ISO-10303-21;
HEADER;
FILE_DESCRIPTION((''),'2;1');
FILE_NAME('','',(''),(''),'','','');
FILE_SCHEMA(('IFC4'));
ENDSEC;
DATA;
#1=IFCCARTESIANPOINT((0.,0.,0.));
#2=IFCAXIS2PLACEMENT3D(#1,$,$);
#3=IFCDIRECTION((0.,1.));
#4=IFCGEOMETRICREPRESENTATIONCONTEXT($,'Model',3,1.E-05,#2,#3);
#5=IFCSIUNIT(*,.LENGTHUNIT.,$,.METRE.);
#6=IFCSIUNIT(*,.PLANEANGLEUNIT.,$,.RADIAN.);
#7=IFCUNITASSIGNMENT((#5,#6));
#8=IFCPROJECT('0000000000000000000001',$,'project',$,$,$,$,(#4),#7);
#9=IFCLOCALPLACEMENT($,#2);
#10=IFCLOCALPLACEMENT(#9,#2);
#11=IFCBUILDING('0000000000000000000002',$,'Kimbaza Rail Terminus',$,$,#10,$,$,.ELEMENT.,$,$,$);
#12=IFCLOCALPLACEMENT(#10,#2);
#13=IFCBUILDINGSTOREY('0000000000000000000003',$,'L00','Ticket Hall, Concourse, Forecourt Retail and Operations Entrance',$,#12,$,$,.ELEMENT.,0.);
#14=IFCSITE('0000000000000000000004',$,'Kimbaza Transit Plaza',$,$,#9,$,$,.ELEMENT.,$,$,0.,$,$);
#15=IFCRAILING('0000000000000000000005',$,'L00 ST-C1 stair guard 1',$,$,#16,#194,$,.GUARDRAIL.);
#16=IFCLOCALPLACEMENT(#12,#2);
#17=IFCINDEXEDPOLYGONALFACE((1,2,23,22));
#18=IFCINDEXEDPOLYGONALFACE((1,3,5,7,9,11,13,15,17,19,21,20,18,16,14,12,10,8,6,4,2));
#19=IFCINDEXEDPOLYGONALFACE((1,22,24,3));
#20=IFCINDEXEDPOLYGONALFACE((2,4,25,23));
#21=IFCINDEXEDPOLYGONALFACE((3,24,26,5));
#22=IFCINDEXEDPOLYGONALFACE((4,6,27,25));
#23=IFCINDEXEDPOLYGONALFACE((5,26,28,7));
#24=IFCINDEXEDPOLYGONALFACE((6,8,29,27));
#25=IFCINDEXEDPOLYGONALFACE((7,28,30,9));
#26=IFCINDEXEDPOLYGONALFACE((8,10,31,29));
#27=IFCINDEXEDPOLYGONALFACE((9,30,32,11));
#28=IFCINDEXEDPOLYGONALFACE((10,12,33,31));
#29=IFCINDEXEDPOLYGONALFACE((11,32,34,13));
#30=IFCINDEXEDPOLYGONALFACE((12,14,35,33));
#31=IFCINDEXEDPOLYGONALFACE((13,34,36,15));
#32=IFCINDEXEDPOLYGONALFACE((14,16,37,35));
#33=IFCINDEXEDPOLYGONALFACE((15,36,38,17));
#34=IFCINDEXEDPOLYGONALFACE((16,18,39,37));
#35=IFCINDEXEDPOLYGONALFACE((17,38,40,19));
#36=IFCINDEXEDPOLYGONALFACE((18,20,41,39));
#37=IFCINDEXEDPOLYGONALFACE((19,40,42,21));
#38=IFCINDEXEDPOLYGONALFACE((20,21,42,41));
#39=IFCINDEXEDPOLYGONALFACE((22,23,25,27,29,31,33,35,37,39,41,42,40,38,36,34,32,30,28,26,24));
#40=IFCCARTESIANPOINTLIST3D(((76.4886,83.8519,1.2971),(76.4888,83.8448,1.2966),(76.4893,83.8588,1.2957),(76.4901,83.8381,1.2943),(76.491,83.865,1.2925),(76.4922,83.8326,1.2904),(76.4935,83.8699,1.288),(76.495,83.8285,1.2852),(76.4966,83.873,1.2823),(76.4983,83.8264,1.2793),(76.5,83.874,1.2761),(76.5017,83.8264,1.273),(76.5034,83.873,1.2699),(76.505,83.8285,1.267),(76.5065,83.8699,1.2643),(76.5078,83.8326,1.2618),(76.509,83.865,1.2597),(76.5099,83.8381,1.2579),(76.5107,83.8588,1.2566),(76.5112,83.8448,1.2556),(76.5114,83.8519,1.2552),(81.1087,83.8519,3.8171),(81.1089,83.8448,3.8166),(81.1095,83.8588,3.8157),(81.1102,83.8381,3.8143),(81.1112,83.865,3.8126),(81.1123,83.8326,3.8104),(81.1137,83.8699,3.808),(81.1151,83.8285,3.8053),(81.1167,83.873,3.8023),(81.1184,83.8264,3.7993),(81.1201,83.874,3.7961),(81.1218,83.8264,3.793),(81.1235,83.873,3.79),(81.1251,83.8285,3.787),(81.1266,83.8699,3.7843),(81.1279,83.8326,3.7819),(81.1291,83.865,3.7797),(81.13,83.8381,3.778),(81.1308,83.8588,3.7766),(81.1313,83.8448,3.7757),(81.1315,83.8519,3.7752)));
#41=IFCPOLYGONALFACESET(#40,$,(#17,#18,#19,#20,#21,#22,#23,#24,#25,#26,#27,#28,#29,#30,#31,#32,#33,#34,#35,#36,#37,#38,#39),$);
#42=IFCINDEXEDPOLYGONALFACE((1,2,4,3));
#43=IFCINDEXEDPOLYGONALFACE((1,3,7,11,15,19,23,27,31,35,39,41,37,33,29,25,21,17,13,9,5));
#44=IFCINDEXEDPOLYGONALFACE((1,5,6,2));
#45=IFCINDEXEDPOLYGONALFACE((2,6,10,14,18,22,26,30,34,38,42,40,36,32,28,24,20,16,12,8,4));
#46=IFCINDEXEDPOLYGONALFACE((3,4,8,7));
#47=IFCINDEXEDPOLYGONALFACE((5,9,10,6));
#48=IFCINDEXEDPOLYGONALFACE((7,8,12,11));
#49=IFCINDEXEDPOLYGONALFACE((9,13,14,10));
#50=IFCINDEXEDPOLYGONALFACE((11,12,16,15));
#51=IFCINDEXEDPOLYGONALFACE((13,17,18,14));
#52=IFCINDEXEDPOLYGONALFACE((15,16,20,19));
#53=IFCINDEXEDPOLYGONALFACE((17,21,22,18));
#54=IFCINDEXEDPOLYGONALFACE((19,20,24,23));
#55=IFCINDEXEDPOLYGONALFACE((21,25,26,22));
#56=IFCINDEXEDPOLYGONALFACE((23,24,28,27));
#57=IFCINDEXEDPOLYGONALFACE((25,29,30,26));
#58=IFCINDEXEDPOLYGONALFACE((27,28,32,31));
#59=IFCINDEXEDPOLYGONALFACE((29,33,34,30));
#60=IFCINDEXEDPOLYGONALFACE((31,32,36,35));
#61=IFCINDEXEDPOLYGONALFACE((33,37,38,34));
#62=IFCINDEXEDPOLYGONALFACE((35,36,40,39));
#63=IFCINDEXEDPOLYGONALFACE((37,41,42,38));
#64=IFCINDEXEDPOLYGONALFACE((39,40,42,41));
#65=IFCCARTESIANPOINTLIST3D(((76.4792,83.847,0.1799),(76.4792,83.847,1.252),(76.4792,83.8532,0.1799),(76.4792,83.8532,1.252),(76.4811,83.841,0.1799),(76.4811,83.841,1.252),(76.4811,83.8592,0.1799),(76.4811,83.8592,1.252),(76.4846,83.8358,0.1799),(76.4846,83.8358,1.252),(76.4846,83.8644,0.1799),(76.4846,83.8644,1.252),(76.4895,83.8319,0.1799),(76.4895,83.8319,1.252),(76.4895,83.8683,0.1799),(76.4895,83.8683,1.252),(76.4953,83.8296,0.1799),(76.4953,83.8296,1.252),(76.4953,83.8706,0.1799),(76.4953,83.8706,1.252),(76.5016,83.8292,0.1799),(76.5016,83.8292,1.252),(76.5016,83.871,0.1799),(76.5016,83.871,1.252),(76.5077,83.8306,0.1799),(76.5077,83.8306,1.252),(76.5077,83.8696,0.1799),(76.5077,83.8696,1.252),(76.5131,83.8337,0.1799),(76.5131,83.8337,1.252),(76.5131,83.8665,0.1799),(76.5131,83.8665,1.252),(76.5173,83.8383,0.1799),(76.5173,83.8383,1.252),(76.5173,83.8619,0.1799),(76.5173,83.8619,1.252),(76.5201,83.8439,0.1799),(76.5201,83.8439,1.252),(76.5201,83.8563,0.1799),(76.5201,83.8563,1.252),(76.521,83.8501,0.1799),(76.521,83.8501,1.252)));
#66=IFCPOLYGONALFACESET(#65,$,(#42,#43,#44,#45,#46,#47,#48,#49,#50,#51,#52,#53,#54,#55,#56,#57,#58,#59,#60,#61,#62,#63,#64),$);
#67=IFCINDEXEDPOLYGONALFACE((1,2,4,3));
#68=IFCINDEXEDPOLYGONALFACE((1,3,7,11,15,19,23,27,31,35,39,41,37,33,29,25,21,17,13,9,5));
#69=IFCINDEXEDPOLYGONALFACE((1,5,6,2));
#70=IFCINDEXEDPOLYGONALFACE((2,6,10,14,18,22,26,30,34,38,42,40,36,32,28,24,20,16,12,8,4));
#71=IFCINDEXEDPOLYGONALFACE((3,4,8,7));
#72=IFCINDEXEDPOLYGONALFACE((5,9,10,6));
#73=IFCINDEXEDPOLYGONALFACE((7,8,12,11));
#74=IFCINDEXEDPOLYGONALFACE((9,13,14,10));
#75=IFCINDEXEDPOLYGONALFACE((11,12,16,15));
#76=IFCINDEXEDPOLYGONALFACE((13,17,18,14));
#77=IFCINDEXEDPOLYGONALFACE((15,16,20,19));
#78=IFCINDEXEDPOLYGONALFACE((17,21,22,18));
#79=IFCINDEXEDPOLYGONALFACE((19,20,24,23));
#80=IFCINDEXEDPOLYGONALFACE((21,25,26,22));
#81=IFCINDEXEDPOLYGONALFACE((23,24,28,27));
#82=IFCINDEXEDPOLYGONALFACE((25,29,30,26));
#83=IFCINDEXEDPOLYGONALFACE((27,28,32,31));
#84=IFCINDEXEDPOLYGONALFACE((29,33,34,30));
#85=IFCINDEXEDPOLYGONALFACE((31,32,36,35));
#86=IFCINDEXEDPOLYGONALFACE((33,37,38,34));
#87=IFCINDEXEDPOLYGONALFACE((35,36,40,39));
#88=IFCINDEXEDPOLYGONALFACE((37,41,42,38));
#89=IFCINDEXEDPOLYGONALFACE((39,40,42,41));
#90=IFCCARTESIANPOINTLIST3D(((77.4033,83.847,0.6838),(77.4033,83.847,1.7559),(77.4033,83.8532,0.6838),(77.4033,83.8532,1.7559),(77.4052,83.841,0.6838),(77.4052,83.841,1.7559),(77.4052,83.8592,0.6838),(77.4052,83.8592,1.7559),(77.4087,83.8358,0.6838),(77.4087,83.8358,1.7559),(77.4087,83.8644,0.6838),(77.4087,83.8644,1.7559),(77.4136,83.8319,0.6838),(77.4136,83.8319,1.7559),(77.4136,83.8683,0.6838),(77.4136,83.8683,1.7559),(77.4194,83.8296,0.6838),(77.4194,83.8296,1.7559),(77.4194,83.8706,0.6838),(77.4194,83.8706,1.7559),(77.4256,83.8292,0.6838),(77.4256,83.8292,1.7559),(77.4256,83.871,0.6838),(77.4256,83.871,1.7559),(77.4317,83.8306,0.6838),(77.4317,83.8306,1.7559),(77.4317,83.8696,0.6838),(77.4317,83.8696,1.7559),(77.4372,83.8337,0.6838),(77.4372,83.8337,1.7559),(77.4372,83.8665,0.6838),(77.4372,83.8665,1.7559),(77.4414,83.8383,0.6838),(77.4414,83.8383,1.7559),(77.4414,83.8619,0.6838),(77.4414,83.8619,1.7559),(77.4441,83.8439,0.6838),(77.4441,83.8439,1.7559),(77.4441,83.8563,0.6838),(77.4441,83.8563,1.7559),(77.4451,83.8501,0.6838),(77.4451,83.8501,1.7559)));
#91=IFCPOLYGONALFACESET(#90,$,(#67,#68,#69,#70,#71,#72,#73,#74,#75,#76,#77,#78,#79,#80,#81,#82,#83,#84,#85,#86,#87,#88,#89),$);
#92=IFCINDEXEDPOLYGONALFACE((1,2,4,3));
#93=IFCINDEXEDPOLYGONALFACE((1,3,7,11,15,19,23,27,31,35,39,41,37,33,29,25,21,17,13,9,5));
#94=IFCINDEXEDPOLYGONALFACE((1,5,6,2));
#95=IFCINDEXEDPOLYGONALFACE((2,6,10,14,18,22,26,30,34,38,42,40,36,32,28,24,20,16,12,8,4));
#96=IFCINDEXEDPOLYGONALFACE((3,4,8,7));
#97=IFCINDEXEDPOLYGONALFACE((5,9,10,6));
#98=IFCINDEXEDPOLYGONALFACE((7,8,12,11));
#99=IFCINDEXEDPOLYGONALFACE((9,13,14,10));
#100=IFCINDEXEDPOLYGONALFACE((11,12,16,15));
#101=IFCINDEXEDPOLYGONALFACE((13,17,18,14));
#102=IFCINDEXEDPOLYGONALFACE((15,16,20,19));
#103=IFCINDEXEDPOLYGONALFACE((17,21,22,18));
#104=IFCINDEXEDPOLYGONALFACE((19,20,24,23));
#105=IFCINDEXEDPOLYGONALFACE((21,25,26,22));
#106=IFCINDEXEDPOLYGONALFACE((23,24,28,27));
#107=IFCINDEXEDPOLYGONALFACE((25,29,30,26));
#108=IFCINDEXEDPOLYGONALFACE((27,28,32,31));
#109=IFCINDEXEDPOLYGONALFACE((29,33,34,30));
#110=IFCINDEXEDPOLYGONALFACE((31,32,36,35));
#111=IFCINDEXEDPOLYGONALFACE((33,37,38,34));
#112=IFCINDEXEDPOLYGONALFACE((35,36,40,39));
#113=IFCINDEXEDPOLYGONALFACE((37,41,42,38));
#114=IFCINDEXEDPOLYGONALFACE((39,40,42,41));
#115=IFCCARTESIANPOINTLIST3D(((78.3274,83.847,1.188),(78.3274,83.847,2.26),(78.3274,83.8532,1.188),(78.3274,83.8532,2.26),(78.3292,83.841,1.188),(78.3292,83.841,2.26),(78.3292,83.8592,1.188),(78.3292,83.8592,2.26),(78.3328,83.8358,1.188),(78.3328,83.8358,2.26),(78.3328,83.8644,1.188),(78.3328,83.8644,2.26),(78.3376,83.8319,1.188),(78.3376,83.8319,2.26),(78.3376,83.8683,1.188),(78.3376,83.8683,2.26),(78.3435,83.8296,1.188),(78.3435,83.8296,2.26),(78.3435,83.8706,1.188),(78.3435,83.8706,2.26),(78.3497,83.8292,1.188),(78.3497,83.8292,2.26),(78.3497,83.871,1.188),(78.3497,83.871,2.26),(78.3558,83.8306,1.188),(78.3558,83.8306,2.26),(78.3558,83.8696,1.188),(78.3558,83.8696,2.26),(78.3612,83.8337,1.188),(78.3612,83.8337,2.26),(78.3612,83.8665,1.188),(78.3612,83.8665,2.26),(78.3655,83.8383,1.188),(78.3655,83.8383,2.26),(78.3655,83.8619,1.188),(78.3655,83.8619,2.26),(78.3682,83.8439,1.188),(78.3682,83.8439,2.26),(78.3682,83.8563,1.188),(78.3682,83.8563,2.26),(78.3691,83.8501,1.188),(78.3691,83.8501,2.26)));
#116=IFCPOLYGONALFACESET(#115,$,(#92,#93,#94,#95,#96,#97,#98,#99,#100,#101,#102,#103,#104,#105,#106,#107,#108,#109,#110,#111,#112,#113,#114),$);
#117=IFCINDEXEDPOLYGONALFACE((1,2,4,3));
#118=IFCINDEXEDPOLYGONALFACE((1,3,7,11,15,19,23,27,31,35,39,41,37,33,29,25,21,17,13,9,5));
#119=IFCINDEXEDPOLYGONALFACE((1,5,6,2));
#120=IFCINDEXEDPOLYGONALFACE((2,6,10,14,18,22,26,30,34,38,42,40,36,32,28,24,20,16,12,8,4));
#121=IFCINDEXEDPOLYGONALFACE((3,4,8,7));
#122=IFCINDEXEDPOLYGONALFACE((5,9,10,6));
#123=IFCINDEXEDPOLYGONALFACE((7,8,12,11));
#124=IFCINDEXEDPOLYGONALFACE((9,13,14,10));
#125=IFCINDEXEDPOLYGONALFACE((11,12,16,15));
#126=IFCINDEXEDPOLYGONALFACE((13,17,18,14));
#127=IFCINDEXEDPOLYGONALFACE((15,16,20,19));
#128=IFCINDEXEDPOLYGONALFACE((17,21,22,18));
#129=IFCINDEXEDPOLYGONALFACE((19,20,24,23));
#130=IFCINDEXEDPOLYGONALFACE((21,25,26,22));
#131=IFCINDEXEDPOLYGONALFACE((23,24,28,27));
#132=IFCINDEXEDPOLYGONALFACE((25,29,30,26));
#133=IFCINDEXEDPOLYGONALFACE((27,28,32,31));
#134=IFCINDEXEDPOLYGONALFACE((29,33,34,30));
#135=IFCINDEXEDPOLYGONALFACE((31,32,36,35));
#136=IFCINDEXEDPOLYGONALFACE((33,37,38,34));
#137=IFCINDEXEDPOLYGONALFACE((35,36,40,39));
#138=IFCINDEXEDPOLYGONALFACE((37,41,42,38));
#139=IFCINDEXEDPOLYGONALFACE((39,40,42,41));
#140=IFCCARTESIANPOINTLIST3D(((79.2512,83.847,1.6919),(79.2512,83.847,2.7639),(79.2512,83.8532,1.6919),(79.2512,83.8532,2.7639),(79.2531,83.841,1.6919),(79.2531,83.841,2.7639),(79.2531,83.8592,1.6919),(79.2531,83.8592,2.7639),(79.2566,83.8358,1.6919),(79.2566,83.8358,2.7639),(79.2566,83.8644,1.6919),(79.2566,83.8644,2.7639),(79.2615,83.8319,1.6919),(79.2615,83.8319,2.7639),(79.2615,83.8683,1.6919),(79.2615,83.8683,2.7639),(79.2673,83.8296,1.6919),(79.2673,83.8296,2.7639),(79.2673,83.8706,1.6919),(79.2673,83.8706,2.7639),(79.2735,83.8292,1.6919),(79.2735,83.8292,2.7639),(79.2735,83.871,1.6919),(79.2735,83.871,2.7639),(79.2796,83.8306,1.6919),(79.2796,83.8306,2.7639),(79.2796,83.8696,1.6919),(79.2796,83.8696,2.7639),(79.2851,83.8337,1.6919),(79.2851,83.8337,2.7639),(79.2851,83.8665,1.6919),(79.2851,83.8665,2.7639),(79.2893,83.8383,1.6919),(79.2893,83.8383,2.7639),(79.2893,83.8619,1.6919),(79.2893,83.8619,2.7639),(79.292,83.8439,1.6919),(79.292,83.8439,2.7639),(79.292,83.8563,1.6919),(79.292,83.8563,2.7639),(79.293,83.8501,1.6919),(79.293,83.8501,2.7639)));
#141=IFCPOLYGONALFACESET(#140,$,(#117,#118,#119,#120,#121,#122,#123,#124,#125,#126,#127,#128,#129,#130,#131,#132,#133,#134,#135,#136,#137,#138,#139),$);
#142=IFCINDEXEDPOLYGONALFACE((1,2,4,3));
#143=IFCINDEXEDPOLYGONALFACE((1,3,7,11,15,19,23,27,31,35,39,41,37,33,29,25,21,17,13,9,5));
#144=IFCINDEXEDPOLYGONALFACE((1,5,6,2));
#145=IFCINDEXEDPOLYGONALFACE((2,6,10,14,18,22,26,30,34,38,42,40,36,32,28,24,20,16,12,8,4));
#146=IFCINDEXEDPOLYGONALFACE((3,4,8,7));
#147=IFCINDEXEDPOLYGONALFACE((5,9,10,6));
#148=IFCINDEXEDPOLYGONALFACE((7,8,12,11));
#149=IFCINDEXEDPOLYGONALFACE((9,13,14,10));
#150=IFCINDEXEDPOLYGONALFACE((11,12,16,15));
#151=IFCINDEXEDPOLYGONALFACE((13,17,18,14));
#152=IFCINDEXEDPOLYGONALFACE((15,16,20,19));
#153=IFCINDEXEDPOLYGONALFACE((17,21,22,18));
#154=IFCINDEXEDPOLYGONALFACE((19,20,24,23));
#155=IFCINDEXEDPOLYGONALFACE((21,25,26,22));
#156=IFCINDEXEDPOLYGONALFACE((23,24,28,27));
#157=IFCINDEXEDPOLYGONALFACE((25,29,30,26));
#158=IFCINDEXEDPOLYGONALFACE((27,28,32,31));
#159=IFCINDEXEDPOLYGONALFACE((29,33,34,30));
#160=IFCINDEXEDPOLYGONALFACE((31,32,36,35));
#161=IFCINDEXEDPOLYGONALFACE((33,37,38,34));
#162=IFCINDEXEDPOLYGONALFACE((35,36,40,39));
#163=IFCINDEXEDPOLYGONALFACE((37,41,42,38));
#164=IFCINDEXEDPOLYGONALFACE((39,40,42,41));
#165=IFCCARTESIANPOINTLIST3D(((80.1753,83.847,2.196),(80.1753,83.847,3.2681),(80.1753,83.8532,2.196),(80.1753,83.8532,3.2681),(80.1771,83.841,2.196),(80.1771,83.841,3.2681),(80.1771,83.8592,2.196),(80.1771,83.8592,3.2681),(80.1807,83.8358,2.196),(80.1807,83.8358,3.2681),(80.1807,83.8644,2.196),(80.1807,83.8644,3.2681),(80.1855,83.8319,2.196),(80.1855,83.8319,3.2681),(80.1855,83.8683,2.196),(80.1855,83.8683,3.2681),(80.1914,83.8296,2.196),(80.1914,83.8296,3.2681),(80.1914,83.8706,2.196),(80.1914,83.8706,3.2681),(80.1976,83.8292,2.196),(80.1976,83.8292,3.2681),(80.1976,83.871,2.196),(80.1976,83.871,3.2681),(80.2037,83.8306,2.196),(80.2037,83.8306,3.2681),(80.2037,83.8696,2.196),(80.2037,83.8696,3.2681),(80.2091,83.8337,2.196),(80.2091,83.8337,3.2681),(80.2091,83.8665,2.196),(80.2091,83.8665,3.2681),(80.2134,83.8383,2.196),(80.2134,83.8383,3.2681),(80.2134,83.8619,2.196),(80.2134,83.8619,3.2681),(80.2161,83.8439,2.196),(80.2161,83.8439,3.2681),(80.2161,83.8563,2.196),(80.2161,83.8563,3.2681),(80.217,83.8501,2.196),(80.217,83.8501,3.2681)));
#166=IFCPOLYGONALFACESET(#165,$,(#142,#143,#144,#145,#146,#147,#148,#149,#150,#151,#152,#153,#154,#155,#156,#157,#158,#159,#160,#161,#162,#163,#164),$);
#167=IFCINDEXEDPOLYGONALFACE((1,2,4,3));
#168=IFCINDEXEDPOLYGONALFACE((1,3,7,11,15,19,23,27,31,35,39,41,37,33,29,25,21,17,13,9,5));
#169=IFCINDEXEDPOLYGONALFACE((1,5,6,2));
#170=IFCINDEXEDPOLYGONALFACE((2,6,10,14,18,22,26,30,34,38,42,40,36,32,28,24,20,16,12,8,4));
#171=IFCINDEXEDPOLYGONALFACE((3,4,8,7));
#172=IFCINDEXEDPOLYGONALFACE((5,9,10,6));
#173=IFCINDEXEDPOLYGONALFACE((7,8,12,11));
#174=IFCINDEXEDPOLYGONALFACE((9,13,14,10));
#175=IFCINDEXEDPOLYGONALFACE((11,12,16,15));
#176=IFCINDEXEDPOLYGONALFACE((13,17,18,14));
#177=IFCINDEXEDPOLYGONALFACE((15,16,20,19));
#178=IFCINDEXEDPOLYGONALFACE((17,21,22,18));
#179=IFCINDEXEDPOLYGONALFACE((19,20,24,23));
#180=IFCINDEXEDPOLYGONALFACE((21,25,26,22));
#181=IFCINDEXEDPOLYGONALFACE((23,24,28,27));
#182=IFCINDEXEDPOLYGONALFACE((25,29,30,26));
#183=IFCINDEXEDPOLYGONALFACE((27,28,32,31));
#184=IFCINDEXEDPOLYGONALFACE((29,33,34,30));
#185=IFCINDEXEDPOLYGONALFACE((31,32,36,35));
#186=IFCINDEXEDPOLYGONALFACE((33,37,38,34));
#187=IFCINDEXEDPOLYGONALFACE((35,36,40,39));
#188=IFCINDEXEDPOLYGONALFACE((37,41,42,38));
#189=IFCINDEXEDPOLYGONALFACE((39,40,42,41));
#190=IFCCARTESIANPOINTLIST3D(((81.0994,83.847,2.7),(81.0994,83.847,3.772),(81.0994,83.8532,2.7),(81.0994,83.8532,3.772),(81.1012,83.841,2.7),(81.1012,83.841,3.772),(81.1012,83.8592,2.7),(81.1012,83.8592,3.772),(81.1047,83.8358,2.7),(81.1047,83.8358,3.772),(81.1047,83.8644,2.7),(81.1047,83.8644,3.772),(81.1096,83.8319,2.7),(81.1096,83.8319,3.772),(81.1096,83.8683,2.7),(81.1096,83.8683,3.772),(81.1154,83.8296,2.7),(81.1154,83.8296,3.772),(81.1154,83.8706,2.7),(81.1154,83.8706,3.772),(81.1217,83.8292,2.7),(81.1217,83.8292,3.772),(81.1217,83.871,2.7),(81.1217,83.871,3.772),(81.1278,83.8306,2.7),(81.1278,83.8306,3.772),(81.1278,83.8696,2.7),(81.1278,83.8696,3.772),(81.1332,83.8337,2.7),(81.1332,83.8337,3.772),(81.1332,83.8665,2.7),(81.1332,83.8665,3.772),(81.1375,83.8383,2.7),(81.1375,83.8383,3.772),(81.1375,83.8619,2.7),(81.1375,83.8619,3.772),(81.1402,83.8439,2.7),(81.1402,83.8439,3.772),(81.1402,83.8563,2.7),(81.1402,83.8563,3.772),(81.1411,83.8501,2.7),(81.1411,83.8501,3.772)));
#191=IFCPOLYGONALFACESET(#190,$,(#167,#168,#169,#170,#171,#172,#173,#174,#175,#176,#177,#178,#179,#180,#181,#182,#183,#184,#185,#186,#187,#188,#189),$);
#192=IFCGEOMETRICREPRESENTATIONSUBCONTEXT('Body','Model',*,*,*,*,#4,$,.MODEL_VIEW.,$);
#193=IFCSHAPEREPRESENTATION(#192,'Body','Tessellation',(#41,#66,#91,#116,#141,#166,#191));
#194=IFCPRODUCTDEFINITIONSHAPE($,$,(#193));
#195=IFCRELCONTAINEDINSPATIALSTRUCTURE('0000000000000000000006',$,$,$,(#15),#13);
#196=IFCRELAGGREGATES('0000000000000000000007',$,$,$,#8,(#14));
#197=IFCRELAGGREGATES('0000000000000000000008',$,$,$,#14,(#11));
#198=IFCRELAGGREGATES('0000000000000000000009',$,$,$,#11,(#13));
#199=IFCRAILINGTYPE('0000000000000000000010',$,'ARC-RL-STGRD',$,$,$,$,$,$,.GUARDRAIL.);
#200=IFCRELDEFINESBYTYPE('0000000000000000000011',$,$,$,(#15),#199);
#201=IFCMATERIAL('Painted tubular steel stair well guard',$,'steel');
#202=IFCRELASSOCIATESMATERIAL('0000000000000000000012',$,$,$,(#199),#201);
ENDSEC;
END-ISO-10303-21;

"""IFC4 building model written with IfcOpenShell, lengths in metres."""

from ifc_helpers import new_model, si_unit, direction, frame, origin, origin_2d, place, context, subcontext, project, spatial, circle, extrude, material, type_object, element, save


model = new_model("IFC4")

# Units and contexts
model_context = context("Model", 3, precision=1e-05, world=origin(), true_north=direction((0.0, 1.0)))
body_context = subcontext(model_context, "Body", "Model", "MODEL_VIEW")
ifc_project = project(units=[si_unit("LENGTHUNIT", "METRE"), si_unit("PLANEANGLEUNIT", "RADIAN")], contexts=[model_context])

# Site, building, storey
site_placement = place(None, origin())
site = spatial("IfcSite", under=ifc_project, at=site_placement, Name="Kimbaza Transit Plaza", CompositionType="ELEMENT", RefElevation=0.0)
building_placement = place(site_placement, origin())
building = spatial("IfcBuilding", under=site, at=building_placement, Name="Kimbaza Rail Terminus", CompositionType="ELEMENT")
storey_placement = place(building_placement, origin())
storey = spatial("IfcBuildingStorey", under=building, at=storey_placement, Name="L00", Description="Ticket Hall, Concourse, Forecourt Retail and Operations Entrance", CompositionType="ELEMENT", Elevation=0.0)

# Railing
ifc_material_1 = material(Name="Painted tubular steel stair well guard", Category="steel")
railing_type_1 = type_object("IfcRailingType", Name="ARC-RL-STGRD", PredefinedType="GUARDRAIL", material=ifc_material_1)
railing_1_placement = place(storey_placement, frame((76.5, 83.8501, 0.1799)))
element("IfcRailing", 1, at=railing_1_placement, inside=storey, type_object=railing_type_1, Name="L00 ST-C1 stair guard 1", PredefinedType="GUARDRAIL", context=body_context, shape_type="SweptSolid", body=[
    extrude(circle(Radius=0.0239, at=origin_2d()), frame((0.0, 0.0, 1.0962), z_axis=(0.877899, 0.0, 0.478846), x_axis=(0.0, 1.0, 0.0)), (0.0, 0.0, 1.0), 5.2627),
    extrude(circle(Radius=0.021, at=origin_2d()), origin(), (0.0, 0.0, 1.0), 1.072),
    extrude(circle(Radius=0.021, at=origin_2d()), frame((0.9241, 0.0, 0.5039)), (0.0, 0.0, 1.0), 1.072),
    extrude(circle(Radius=0.021, at=origin_2d()), frame((1.8481, 0.0, 1.0081)), (0.0, 0.0, 1.0), 1.072),
    extrude(circle(Radius=0.021, at=origin_2d()), frame((2.772, 0.0, 1.512)), (0.0, 0.0, 1.0), 1.072),
    extrude(circle(Radius=0.021, at=origin_2d()), frame((3.696, 0.0, 2.0161)), (0.0, 0.0, 1.0), 1.072),
    extrude(circle(Radius=0.021, at=origin_2d()), frame((4.6201, 0.0, 2.52)), (0.0, 0.0, 1.0), 1.072),
])

save(model, "model.ifc")
